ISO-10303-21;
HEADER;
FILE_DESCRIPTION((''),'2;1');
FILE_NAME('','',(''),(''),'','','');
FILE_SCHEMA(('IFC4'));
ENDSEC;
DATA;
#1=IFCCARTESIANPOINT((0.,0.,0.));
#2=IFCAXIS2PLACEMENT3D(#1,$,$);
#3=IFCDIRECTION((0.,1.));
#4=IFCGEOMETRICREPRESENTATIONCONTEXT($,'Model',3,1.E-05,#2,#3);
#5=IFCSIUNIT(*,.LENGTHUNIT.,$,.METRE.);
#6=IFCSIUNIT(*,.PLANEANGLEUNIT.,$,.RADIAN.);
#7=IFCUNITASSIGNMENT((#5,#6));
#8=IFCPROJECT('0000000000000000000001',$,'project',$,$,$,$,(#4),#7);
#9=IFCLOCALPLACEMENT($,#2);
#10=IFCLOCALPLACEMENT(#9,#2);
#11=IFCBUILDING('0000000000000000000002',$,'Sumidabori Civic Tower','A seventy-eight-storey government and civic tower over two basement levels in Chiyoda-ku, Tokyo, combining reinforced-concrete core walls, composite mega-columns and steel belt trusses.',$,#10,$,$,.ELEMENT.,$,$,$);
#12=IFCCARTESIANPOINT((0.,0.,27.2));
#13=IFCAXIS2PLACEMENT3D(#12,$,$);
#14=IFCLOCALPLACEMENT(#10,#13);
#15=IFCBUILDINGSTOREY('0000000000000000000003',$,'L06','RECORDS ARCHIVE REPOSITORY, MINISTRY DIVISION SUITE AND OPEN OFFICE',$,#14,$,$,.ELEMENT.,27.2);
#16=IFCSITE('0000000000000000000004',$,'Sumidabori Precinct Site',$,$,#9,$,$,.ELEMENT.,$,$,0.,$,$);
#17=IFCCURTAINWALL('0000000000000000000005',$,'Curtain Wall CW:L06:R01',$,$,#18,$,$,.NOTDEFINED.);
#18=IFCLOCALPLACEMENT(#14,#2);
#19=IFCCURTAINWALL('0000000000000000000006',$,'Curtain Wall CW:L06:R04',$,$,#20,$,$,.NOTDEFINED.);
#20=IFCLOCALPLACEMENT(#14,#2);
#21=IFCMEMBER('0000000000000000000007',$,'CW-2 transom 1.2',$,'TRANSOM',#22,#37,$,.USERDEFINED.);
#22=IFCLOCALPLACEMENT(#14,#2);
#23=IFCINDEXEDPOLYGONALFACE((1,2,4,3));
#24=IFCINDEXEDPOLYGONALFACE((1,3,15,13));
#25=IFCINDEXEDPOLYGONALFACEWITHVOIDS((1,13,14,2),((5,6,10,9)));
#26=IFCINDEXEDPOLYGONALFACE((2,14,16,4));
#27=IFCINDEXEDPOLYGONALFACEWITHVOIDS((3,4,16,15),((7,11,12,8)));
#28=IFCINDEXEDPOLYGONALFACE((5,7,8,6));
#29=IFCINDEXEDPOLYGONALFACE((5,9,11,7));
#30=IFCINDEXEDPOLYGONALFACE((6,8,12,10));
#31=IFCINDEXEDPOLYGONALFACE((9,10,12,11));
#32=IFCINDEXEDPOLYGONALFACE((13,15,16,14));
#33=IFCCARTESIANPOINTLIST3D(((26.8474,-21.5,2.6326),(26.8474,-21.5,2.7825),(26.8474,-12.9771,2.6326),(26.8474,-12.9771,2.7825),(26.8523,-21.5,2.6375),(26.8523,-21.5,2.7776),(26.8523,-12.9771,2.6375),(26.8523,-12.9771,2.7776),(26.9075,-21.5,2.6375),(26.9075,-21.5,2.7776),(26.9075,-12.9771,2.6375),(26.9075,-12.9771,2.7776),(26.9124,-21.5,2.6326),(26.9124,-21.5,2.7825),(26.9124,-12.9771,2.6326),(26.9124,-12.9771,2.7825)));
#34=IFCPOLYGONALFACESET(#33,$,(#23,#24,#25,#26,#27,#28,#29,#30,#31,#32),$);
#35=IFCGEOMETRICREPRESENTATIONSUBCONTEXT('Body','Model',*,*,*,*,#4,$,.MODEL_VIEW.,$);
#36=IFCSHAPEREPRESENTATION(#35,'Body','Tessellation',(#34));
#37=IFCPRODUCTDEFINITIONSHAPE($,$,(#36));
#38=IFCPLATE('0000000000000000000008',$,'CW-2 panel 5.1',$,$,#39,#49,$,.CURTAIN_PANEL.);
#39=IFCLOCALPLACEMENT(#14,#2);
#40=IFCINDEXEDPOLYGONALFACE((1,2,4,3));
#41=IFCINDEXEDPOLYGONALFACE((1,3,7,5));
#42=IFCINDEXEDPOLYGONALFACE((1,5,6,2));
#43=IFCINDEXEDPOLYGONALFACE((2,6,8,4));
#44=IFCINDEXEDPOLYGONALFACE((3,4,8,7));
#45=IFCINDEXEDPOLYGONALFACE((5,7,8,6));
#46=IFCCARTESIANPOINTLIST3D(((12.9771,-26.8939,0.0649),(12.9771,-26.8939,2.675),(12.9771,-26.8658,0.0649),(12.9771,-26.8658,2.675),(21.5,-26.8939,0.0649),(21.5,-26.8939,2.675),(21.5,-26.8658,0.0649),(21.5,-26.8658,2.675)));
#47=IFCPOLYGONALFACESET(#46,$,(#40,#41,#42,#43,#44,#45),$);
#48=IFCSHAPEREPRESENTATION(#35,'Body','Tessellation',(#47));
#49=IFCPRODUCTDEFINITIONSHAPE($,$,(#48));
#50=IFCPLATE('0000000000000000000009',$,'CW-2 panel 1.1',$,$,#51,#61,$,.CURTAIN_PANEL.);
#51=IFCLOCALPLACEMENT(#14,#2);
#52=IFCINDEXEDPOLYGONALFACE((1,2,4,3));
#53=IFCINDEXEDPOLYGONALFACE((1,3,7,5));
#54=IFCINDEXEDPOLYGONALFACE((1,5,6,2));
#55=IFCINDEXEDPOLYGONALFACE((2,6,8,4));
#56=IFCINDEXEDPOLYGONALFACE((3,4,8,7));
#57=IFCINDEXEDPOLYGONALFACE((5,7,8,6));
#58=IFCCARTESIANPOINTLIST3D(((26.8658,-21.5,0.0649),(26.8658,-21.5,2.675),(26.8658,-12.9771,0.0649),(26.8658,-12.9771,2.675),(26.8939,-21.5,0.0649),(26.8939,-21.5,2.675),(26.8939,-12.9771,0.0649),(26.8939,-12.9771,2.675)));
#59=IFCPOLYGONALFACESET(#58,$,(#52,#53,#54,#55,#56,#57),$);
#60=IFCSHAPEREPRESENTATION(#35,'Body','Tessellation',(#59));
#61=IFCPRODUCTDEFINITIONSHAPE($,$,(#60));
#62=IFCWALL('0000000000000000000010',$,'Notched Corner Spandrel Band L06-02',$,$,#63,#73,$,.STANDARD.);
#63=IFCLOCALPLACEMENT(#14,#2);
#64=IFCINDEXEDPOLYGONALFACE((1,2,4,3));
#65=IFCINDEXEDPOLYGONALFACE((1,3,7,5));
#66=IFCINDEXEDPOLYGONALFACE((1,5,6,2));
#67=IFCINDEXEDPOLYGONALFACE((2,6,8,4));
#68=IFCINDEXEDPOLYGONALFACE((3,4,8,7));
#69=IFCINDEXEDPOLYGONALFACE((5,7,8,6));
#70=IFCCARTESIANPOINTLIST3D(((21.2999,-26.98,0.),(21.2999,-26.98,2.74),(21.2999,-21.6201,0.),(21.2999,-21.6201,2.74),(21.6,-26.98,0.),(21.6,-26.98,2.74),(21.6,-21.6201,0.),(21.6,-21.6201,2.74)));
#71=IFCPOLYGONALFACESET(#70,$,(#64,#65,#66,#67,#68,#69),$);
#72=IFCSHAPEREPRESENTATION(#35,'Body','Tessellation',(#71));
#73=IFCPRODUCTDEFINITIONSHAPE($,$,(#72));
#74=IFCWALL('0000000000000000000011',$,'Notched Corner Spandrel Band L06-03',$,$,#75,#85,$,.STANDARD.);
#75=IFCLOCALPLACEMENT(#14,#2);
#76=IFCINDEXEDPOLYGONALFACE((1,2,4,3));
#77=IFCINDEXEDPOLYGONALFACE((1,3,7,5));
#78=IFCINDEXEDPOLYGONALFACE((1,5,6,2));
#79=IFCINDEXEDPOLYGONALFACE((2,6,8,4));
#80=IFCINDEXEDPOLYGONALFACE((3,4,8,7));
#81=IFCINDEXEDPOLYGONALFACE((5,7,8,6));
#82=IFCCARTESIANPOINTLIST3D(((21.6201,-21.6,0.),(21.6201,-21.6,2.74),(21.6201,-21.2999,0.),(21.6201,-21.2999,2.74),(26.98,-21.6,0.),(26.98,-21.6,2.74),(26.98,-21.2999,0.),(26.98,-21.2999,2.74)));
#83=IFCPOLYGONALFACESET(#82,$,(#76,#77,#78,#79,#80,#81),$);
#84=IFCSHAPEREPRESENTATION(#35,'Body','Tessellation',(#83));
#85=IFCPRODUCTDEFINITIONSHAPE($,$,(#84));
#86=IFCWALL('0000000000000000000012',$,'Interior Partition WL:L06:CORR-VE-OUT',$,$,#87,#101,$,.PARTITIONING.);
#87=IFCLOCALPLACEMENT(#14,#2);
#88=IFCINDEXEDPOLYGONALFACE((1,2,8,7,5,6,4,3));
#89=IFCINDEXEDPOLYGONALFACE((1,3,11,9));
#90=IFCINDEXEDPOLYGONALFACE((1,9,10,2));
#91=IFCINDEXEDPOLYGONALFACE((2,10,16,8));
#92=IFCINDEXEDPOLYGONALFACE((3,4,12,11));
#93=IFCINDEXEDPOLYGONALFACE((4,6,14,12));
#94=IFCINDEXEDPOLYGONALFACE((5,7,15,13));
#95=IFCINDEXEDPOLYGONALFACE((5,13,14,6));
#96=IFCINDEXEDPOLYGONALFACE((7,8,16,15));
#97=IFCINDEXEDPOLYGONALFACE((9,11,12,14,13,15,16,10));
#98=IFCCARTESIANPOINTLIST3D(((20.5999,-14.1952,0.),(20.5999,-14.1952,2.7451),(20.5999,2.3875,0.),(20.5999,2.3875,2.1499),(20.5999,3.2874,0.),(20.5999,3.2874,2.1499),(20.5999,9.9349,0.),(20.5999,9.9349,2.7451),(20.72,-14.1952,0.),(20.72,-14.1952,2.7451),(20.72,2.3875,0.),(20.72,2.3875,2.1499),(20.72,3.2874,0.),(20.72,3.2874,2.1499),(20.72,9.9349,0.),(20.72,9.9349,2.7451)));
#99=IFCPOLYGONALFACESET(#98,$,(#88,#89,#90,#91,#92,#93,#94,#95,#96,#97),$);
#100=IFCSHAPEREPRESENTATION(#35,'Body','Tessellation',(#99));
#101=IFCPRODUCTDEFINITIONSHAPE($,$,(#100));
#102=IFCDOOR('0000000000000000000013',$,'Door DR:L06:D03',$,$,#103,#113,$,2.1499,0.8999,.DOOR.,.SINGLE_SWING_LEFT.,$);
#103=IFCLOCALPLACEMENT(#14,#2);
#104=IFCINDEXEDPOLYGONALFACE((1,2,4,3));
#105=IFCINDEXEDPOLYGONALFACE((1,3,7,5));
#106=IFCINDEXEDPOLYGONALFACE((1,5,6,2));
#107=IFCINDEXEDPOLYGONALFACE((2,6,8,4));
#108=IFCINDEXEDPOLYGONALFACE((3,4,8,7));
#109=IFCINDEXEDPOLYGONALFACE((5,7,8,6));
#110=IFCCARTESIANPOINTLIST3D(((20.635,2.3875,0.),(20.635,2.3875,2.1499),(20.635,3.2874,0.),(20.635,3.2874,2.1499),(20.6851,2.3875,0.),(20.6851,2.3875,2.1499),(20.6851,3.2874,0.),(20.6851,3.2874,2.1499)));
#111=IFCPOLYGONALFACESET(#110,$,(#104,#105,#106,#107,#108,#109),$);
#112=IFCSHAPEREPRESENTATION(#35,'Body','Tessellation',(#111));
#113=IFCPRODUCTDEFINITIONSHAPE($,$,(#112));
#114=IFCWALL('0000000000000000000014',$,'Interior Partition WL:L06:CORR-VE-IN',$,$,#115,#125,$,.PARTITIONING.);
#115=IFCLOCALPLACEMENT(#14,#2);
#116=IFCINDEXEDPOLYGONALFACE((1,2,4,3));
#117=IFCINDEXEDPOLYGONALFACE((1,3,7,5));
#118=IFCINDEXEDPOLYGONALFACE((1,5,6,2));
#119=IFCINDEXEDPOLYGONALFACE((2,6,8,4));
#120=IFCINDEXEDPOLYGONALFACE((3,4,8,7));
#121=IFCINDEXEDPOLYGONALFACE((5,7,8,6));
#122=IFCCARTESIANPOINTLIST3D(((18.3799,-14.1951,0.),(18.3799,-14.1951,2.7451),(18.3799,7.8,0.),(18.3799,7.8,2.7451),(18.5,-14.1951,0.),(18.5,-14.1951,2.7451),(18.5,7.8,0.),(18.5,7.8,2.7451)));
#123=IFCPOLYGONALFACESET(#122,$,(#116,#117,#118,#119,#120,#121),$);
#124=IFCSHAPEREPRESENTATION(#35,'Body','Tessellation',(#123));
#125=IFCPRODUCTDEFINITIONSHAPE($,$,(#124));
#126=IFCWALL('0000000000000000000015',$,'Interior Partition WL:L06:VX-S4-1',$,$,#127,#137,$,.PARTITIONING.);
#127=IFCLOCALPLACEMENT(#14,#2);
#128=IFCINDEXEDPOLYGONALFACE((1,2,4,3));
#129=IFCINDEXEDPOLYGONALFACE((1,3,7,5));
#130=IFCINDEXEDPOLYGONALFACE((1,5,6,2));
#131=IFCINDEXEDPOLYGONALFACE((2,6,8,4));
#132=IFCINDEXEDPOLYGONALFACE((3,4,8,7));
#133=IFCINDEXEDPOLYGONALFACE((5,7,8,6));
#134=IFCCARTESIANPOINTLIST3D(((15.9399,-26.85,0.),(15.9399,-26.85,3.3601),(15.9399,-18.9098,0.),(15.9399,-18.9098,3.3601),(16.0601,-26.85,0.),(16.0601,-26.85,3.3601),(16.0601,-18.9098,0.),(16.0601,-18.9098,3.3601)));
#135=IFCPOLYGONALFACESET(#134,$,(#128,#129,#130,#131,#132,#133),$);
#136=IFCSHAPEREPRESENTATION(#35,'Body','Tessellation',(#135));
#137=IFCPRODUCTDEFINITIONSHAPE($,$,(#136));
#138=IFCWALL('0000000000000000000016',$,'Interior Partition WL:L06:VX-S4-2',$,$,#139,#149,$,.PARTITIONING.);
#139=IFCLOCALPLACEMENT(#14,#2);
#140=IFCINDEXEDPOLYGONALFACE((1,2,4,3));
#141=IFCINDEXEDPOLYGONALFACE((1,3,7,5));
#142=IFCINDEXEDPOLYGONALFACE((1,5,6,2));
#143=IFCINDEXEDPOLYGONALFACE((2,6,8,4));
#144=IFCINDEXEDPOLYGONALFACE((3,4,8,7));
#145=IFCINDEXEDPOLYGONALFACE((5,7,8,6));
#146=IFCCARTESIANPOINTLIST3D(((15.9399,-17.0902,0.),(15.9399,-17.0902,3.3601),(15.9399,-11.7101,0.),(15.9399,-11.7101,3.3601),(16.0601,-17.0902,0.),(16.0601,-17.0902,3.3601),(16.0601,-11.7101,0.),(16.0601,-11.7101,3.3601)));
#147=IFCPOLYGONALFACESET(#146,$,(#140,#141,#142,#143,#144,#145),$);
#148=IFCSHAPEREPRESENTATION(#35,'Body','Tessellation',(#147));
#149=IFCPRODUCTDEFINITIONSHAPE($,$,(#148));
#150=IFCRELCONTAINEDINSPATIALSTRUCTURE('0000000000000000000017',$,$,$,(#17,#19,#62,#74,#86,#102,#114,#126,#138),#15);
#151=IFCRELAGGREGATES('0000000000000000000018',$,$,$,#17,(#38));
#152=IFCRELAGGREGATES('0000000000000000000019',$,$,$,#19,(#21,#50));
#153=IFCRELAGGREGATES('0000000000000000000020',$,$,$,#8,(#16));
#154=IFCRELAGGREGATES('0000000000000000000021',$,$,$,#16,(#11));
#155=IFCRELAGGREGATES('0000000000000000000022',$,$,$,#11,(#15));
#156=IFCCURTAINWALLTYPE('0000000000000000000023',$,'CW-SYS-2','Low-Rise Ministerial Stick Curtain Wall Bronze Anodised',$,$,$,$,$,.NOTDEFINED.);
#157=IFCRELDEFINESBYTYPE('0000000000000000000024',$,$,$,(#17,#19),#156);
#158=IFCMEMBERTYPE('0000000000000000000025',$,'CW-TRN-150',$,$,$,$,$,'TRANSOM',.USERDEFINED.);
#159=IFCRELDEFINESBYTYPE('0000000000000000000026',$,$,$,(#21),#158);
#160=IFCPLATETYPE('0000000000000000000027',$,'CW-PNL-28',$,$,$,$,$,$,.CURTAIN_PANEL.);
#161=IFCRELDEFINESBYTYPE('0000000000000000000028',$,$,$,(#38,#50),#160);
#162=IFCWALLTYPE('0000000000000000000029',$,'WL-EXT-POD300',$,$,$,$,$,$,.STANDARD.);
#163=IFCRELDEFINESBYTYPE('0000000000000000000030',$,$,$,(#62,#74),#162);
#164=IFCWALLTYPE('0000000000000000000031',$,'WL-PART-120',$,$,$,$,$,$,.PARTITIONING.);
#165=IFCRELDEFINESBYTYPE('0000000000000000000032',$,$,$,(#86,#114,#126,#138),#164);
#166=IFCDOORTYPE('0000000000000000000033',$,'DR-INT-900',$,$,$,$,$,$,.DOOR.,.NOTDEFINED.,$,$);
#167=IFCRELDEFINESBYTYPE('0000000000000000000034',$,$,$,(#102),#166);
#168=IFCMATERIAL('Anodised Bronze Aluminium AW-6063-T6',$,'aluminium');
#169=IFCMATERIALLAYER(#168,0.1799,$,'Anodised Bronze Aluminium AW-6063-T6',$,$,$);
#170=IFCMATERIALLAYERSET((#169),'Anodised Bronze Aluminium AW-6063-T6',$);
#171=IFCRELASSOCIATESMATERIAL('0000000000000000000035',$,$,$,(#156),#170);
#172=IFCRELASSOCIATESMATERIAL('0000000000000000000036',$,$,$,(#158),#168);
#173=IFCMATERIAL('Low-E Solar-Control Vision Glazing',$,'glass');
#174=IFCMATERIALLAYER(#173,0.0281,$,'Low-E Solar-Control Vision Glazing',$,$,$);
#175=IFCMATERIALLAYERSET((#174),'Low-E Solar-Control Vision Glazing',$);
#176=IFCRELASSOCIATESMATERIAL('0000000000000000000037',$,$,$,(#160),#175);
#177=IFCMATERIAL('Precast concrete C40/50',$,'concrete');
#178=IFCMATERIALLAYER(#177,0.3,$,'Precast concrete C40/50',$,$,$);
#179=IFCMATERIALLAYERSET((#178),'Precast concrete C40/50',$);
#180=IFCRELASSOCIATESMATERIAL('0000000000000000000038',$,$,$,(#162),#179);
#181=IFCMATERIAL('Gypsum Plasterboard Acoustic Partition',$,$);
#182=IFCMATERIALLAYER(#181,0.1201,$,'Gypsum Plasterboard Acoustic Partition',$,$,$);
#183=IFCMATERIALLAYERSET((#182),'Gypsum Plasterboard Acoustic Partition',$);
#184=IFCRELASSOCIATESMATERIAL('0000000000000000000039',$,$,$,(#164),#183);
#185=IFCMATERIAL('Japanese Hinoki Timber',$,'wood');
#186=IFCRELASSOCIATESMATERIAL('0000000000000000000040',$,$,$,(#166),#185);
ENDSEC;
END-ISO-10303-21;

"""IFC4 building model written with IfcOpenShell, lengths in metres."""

from ifc_helpers import new_model, si_unit, direction, frame, frame_2d, origin, origin_2d, place, context, subcontext, project, spatial, rectangle, hollow_rectangle, extrude, source, transform, mapped, material, layer, layer_set, material_profile, profile_set, type_object, element, fill, aggregate, save


model = new_model("IFC4")

# Units and contexts
model_context = context("Model", 3, precision=1e-05, world=origin(), true_north=direction((0.0, 1.0)))
body_context = subcontext(model_context, "Body", "Model", "MODEL_VIEW")
ifc_project = project(units=[si_unit("LENGTHUNIT", "METRE"), si_unit("PLANEANGLEUNIT", "RADIAN")], contexts=[model_context])

# Site, building, storey
site_placement = place(None, origin())
site = spatial("IfcSite", under=ifc_project, at=site_placement, Name="Sumidabori Precinct Site", CompositionType="ELEMENT", RefElevation=0.0)
building_placement = place(site_placement, origin())
building = spatial("IfcBuilding", under=site, at=building_placement, Name="Sumidabori Civic Tower", Description="A seventy-eight-storey government and civic tower over two basement levels in Chiyoda-ku, Tokyo, combining reinforced-concrete core walls, composite mega-columns and steel belt trusses.", CompositionType="ELEMENT")
storey_placement = place(building_placement, frame((0.0, 0.0, 27.2)))
storey = spatial("IfcBuildingStorey", under=building, at=storey_placement, Name="L06", Description="RECORDS ARCHIVE REPOSITORY, MINISTRY DIVISION SUITE AND OPEN OFFICE", CompositionType="ELEMENT", Elevation=27.2)

# Curtain wall
ifc_material_1 = material(Name="Anodised Bronze Aluminium AW-6063-T6", Category="aluminium")
ifc_layer_1 = layer(ifc_material_1, 0.1799, Name="Anodised Bronze Aluminium AW-6063-T6")
ifc_layer_set_1 = layer_set([ifc_layer_1], Name="Anodised Bronze Aluminium AW-6063-T6")
curtain_wall_type = type_object("IfcCurtainWallType", Name="CW-SYS-2", Description="Low-Rise Ministerial Stick Curtain Wall Bronze Anodised", PredefinedType="NOTDEFINED", material=ifc_layer_set_1)
curtain_wall_1_placement = place(storey_placement, origin())
curtain_wall_1 = element("IfcCurtainWall", 1, at=curtain_wall_1_placement, inside=storey, type_object=curtain_wall_type, Name="Curtain Wall CW:L06:R01", PredefinedType="NOTDEFINED")

# Curtain wall, member
curtain_wall_2_placement = place(storey_placement, origin())
curtain_wall_2 = element("IfcCurtainWall", 2, at=curtain_wall_2_placement, inside=storey, type_object=curtain_wall_type, Name="Curtain Wall CW:L06:R04", PredefinedType="NOTDEFINED")
ifc_material_profile_1 = material_profile(ifc_material_1, hollow_rectangle(XDim=0.0649, YDim=0.1499, WallThickness=0.0049, at=origin_2d()), Name="ALU TRANSOM 150x65")
ifc_profile_set_1 = profile_set([ifc_material_profile_1], Name="Anodised Bronze Aluminium AW-6063-T6")
member_type_1 = type_object("IfcMemberType", Name="CW-TRN-150", ElementType="TRANSOM", PredefinedType="USERDEFINED", material=ifc_profile_set_1)
shared_shape_1 = source(origin(), body_context, "Body", "SweptSolid", [
    extrude(hollow_rectangle(XDim=0.0649, YDim=0.1499, WallThickness=0.0049, at=origin_2d()), origin(), (0.0, 0.0, 1.0), 8.5229),
])
member_1_placement = place(storey_placement, frame((26.8799, -21.5, 2.7075), z_axis=(0.0, 1.0, 0.0), x_axis=(-1.0, 0.0, 0.0)))
member_1 = element("IfcMember", 3, at=member_1_placement, type_object=member_type_1, Name="CW-2 transom 1.2", ObjectType="TRANSOM", PredefinedType="USERDEFINED", context=body_context, shape_type="MappedRepresentation", body=[
    mapped(shared_shape_1, transform((0.0, 0.0, 0.0), x_axis=(1.0, 0.0, 0.0), y_axis=(0.0, 1.0, 0.0), z_axis=(0.0, 0.0, 1.0), scale=1.0)),
])

# Plates
ifc_material_2 = material(Name="Low-E Solar-Control Vision Glazing", Category="glass")
ifc_layer_2 = layer(ifc_material_2, 0.0281, Name="Low-E Solar-Control Vision Glazing")
ifc_layer_set_2 = layer_set([ifc_layer_2], Name="Low-E Solar-Control Vision Glazing")
plate_type = type_object("IfcPlateType", Name="CW-PNL-28", PredefinedType="CURTAIN_PANEL", material=ifc_layer_set_2)
shared_shape_2 = source(origin(), body_context, "Body", "SweptSolid", [
    extrude(rectangle(XDim=8.5229, YDim=0.0281, at=origin_2d()), origin(), (0.0, 0.0, 1.0), 2.6101),
])
plate_1_placement = place(storey_placement, frame((17.2385, -26.8799, 0.0649), z_axis=(0.0, 0.0, 1.0), x_axis=(1.0, 0.0, 0.0)))
plate_1 = element("IfcPlate", 4, at=plate_1_placement, type_object=plate_type, Name="CW-2 panel 5.1", PredefinedType="CURTAIN_PANEL", context=body_context, shape_type="MappedRepresentation", body=[
    mapped(shared_shape_2, transform((0.0, 0.0, 0.0), x_axis=(1.0, 0.0, 0.0), y_axis=(0.0, 1.0, 0.0), z_axis=(0.0, 0.0, 1.0), scale=1.0)),
])
aggregate(curtain_wall_1, [plate_1])
plate_2_placement = place(storey_placement, frame((26.8799, -17.2385, 0.0649), z_axis=(0.0, 0.0, 1.0), x_axis=(0.0, 1.0, 0.0)))
plate_2 = element("IfcPlate", 5, at=plate_2_placement, type_object=plate_type, Name="CW-2 panel 1.1", PredefinedType="CURTAIN_PANEL", context=body_context, shape_type="MappedRepresentation", body=[
    mapped(shared_shape_2, transform((0.0, 0.0, 0.0), x_axis=(1.0, 0.0, 0.0), y_axis=(0.0, 1.0, 0.0), z_axis=(0.0, 0.0, 1.0), scale=1.0)),
])
aggregate(curtain_wall_2, [member_1, plate_2])

# Walls
ifc_material_3 = material(Name="Precast concrete C40/50", Category="concrete")
ifc_layer_3 = layer(ifc_material_3, 0.3, Name="Precast concrete C40/50")
ifc_layer_set_3 = layer_set([ifc_layer_3], Name="Precast concrete C40/50")
wall_type_1 = type_object("IfcWallType", Name="WL-EXT-POD300", PredefinedType="STANDARD", material=ifc_layer_set_3)
shared_shape_3 = source(origin(), body_context, "Body", "SweptSolid", [
    extrude(rectangle(XDim=5.3599, YDim=0.3, at=frame_2d((2.6799, 0.0))), origin(), (0.0, 0.0, 1.0), 2.74),
])
for number, where, z_axis, x_axis, name in (
    (6, (21.45, -26.98, 0.0), (0.0, 0.0, 1.0), (0.0, 1.0, 0.0), "Notched Corner Spandrel Band L06-02"),
    (7, (21.6201, -21.45, 0.0), (0.0, 0.0, 1.0), (1.0, 0.0, 0.0), "Notched Corner Spandrel Band L06-03"),
):
    element("IfcWall", number, at=place(storey_placement, frame(where, z_axis=z_axis, x_axis=x_axis)), inside=storey, type_object=wall_type_1, Name=name, PredefinedType="STANDARD", context=body_context, shape_type="MappedRepresentation", body=[
        mapped(shared_shape_3, transform((0.0, 0.0, 0.0), x_axis=(1.0, 0.0, 0.0), y_axis=(0.0, 1.0, 0.0), z_axis=(0.0, 0.0, 1.0), scale=1.0)),
    ])

# Wall, opening, door
ifc_material_4 = material(Name="Gypsum Plasterboard Acoustic Partition")
ifc_layer_4 = layer(ifc_material_4, 0.1201, Name="Gypsum Plasterboard Acoustic Partition")
ifc_layer_set_4 = layer_set([ifc_layer_4], Name="Gypsum Plasterboard Acoustic Partition")
wall_type_2 = type_object("IfcWallType", Name="WL-PART-120", PredefinedType="PARTITIONING", material=ifc_layer_set_4)
ifc_material_5 = material(Name="Japanese Hinoki Timber", Category="wood")
door_type = type_object("IfcDoorType", Name="DR-INT-900", OperationType="NOTDEFINED", PredefinedType="DOOR", material=ifc_material_5)
shared_shape_4 = source(origin(), body_context, "Body", "SweptSolid", [
    extrude(rectangle(XDim=0.8999, YDim=2.1499, at=frame_2d((0.45, 1.075))), frame((0.0, 0.0249, 0.0), z_axis=(0.0, -1.0, 0.0), x_axis=(1.0, 0.0, 0.0)), (0.0, 0.0, 1.0), 0.05),
])
shared_shape_5 = source(origin(), body_context, "Body", "SweptSolid", [
    extrude(rectangle(XDim=24.1301, YDim=0.1201, at=frame_2d((12.0649, 0.0))), origin(), (0.0, 0.0, 1.0), 2.7451),
])
wall_1_placement = place(storey_placement, frame((20.6599, -14.1951, 0.0), z_axis=(0.0, 0.0, 1.0), x_axis=(0.0, 1.0, 0.0)))
wall_1 = element("IfcWall", 8, at=wall_1_placement, inside=storey, type_object=wall_type_2, Name="Interior Partition WL:L06:CORR-VE-OUT", PredefinedType="PARTITIONING", context=body_context, shape_type="MappedRepresentation", body=[
    mapped(shared_shape_5, transform((0.0, 0.0, 0.0), x_axis=(1.0, 0.0, 0.0), y_axis=(0.0, 1.0, 0.0), z_axis=(0.0, 0.0, 1.0), scale=1.0)),
])
opening_1_placement = place(wall_1_placement, frame((16.5825, 0.0, 0.0)))
opening_1 = element("IfcOpeningElement", 9, at=opening_1_placement, cuts=wall_1, PredefinedType="OPENING", context=body_context, shape_type="SweptSolid", body=[
    extrude(rectangle(XDim=0.8999, YDim=2.1499, at=frame_2d((0.45, 1.075))), frame((0.0, 0.072, 0.0), z_axis=(0.0, -1.0, 0.0), x_axis=(1.0, 0.0, 0.0)), (0.0, 0.0, 1.0), 0.144),
])
door_1_placement = place(opening_1_placement, origin())
door_1 = element("IfcDoor", 10, at=door_1_placement, inside=storey, type_object=door_type, Name="Door DR:L06:D03", OperationType="SINGLE_SWING_LEFT", OverallHeight=2.1499, OverallWidth=0.8999, PredefinedType="DOOR", context=body_context, shape_type="MappedRepresentation", body=[
    mapped(shared_shape_4, transform((0.0, 0.0, 0.0), x_axis=(1.0, 0.0, 0.0), y_axis=(0.0, 1.0, 0.0), z_axis=(0.0, 0.0, 1.0), scale=1.0)),
])
fill(opening_1, door_1)

# Walls
shared_shape_6 = source(origin(), body_context, "Body", "SweptSolid", [
    extrude(rectangle(XDim=21.9951, YDim=0.1201, at=frame_2d((10.9976, 0.0))), origin(), (0.0, 0.0, 1.0), 2.7451),
])
wall_2_placement = place(storey_placement, frame((18.4399, -14.1951, 0.0), z_axis=(0.0, 0.0, 1.0), x_axis=(0.0, 1.0, 0.0)))
element("IfcWall", 11, at=wall_2_placement, inside=storey, type_object=wall_type_2, Name="Interior Partition WL:L06:CORR-VE-IN", PredefinedType="PARTITIONING", context=body_context, shape_type="MappedRepresentation", body=[
    mapped(shared_shape_6, transform((0.0, 0.0, 0.0), x_axis=(1.0, 0.0, 0.0), y_axis=(0.0, 1.0, 0.0), z_axis=(0.0, 0.0, 1.0), scale=1.0)),
])
shared_shape_7 = source(origin(), body_context, "Body", "SweptSolid", [
    extrude(rectangle(XDim=7.9402, YDim=0.1201, at=frame_2d((3.9702, 0.0))), origin(), (0.0, 0.0, 1.0), 3.3601),
])
wall_3_placement = place(storey_placement, frame((16.0, -26.8501, 0.0), z_axis=(0.0, 0.0, 1.0), x_axis=(0.0, 1.0, 0.0)))
element("IfcWall", 12, at=wall_3_placement, inside=storey, type_object=wall_type_2, Name="Interior Partition WL:L06:VX-S4-1", PredefinedType="PARTITIONING", context=body_context, shape_type="MappedRepresentation", body=[
    mapped(shared_shape_7, transform((0.0, 0.0, 0.0), x_axis=(1.0, 0.0, 0.0), y_axis=(0.0, 1.0, 0.0), z_axis=(0.0, 0.0, 1.0), scale=1.0)),
])
shared_shape_8 = source(origin(), body_context, "Body", "SweptSolid", [
    extrude(rectangle(XDim=5.3801, YDim=0.1201, at=frame_2d((2.6899, 0.0))), origin(), (0.0, 0.0, 1.0), 3.3601),
])
wall_4_placement = place(storey_placement, frame((16.0, -17.0901, 0.0), z_axis=(0.0, 0.0, 1.0), x_axis=(0.0, 1.0, 0.0)))
element("IfcWall", 13, at=wall_4_placement, inside=storey, type_object=wall_type_2, Name="Interior Partition WL:L06:VX-S4-2", PredefinedType="PARTITIONING", context=body_context, shape_type="MappedRepresentation", body=[
    mapped(shared_shape_8, transform((0.0, 0.0, 0.0), x_axis=(1.0, 0.0, 0.0), y_axis=(0.0, 1.0, 0.0), z_axis=(0.0, 0.0, 1.0), scale=1.0)),
])

save(model, "model.ifc")
